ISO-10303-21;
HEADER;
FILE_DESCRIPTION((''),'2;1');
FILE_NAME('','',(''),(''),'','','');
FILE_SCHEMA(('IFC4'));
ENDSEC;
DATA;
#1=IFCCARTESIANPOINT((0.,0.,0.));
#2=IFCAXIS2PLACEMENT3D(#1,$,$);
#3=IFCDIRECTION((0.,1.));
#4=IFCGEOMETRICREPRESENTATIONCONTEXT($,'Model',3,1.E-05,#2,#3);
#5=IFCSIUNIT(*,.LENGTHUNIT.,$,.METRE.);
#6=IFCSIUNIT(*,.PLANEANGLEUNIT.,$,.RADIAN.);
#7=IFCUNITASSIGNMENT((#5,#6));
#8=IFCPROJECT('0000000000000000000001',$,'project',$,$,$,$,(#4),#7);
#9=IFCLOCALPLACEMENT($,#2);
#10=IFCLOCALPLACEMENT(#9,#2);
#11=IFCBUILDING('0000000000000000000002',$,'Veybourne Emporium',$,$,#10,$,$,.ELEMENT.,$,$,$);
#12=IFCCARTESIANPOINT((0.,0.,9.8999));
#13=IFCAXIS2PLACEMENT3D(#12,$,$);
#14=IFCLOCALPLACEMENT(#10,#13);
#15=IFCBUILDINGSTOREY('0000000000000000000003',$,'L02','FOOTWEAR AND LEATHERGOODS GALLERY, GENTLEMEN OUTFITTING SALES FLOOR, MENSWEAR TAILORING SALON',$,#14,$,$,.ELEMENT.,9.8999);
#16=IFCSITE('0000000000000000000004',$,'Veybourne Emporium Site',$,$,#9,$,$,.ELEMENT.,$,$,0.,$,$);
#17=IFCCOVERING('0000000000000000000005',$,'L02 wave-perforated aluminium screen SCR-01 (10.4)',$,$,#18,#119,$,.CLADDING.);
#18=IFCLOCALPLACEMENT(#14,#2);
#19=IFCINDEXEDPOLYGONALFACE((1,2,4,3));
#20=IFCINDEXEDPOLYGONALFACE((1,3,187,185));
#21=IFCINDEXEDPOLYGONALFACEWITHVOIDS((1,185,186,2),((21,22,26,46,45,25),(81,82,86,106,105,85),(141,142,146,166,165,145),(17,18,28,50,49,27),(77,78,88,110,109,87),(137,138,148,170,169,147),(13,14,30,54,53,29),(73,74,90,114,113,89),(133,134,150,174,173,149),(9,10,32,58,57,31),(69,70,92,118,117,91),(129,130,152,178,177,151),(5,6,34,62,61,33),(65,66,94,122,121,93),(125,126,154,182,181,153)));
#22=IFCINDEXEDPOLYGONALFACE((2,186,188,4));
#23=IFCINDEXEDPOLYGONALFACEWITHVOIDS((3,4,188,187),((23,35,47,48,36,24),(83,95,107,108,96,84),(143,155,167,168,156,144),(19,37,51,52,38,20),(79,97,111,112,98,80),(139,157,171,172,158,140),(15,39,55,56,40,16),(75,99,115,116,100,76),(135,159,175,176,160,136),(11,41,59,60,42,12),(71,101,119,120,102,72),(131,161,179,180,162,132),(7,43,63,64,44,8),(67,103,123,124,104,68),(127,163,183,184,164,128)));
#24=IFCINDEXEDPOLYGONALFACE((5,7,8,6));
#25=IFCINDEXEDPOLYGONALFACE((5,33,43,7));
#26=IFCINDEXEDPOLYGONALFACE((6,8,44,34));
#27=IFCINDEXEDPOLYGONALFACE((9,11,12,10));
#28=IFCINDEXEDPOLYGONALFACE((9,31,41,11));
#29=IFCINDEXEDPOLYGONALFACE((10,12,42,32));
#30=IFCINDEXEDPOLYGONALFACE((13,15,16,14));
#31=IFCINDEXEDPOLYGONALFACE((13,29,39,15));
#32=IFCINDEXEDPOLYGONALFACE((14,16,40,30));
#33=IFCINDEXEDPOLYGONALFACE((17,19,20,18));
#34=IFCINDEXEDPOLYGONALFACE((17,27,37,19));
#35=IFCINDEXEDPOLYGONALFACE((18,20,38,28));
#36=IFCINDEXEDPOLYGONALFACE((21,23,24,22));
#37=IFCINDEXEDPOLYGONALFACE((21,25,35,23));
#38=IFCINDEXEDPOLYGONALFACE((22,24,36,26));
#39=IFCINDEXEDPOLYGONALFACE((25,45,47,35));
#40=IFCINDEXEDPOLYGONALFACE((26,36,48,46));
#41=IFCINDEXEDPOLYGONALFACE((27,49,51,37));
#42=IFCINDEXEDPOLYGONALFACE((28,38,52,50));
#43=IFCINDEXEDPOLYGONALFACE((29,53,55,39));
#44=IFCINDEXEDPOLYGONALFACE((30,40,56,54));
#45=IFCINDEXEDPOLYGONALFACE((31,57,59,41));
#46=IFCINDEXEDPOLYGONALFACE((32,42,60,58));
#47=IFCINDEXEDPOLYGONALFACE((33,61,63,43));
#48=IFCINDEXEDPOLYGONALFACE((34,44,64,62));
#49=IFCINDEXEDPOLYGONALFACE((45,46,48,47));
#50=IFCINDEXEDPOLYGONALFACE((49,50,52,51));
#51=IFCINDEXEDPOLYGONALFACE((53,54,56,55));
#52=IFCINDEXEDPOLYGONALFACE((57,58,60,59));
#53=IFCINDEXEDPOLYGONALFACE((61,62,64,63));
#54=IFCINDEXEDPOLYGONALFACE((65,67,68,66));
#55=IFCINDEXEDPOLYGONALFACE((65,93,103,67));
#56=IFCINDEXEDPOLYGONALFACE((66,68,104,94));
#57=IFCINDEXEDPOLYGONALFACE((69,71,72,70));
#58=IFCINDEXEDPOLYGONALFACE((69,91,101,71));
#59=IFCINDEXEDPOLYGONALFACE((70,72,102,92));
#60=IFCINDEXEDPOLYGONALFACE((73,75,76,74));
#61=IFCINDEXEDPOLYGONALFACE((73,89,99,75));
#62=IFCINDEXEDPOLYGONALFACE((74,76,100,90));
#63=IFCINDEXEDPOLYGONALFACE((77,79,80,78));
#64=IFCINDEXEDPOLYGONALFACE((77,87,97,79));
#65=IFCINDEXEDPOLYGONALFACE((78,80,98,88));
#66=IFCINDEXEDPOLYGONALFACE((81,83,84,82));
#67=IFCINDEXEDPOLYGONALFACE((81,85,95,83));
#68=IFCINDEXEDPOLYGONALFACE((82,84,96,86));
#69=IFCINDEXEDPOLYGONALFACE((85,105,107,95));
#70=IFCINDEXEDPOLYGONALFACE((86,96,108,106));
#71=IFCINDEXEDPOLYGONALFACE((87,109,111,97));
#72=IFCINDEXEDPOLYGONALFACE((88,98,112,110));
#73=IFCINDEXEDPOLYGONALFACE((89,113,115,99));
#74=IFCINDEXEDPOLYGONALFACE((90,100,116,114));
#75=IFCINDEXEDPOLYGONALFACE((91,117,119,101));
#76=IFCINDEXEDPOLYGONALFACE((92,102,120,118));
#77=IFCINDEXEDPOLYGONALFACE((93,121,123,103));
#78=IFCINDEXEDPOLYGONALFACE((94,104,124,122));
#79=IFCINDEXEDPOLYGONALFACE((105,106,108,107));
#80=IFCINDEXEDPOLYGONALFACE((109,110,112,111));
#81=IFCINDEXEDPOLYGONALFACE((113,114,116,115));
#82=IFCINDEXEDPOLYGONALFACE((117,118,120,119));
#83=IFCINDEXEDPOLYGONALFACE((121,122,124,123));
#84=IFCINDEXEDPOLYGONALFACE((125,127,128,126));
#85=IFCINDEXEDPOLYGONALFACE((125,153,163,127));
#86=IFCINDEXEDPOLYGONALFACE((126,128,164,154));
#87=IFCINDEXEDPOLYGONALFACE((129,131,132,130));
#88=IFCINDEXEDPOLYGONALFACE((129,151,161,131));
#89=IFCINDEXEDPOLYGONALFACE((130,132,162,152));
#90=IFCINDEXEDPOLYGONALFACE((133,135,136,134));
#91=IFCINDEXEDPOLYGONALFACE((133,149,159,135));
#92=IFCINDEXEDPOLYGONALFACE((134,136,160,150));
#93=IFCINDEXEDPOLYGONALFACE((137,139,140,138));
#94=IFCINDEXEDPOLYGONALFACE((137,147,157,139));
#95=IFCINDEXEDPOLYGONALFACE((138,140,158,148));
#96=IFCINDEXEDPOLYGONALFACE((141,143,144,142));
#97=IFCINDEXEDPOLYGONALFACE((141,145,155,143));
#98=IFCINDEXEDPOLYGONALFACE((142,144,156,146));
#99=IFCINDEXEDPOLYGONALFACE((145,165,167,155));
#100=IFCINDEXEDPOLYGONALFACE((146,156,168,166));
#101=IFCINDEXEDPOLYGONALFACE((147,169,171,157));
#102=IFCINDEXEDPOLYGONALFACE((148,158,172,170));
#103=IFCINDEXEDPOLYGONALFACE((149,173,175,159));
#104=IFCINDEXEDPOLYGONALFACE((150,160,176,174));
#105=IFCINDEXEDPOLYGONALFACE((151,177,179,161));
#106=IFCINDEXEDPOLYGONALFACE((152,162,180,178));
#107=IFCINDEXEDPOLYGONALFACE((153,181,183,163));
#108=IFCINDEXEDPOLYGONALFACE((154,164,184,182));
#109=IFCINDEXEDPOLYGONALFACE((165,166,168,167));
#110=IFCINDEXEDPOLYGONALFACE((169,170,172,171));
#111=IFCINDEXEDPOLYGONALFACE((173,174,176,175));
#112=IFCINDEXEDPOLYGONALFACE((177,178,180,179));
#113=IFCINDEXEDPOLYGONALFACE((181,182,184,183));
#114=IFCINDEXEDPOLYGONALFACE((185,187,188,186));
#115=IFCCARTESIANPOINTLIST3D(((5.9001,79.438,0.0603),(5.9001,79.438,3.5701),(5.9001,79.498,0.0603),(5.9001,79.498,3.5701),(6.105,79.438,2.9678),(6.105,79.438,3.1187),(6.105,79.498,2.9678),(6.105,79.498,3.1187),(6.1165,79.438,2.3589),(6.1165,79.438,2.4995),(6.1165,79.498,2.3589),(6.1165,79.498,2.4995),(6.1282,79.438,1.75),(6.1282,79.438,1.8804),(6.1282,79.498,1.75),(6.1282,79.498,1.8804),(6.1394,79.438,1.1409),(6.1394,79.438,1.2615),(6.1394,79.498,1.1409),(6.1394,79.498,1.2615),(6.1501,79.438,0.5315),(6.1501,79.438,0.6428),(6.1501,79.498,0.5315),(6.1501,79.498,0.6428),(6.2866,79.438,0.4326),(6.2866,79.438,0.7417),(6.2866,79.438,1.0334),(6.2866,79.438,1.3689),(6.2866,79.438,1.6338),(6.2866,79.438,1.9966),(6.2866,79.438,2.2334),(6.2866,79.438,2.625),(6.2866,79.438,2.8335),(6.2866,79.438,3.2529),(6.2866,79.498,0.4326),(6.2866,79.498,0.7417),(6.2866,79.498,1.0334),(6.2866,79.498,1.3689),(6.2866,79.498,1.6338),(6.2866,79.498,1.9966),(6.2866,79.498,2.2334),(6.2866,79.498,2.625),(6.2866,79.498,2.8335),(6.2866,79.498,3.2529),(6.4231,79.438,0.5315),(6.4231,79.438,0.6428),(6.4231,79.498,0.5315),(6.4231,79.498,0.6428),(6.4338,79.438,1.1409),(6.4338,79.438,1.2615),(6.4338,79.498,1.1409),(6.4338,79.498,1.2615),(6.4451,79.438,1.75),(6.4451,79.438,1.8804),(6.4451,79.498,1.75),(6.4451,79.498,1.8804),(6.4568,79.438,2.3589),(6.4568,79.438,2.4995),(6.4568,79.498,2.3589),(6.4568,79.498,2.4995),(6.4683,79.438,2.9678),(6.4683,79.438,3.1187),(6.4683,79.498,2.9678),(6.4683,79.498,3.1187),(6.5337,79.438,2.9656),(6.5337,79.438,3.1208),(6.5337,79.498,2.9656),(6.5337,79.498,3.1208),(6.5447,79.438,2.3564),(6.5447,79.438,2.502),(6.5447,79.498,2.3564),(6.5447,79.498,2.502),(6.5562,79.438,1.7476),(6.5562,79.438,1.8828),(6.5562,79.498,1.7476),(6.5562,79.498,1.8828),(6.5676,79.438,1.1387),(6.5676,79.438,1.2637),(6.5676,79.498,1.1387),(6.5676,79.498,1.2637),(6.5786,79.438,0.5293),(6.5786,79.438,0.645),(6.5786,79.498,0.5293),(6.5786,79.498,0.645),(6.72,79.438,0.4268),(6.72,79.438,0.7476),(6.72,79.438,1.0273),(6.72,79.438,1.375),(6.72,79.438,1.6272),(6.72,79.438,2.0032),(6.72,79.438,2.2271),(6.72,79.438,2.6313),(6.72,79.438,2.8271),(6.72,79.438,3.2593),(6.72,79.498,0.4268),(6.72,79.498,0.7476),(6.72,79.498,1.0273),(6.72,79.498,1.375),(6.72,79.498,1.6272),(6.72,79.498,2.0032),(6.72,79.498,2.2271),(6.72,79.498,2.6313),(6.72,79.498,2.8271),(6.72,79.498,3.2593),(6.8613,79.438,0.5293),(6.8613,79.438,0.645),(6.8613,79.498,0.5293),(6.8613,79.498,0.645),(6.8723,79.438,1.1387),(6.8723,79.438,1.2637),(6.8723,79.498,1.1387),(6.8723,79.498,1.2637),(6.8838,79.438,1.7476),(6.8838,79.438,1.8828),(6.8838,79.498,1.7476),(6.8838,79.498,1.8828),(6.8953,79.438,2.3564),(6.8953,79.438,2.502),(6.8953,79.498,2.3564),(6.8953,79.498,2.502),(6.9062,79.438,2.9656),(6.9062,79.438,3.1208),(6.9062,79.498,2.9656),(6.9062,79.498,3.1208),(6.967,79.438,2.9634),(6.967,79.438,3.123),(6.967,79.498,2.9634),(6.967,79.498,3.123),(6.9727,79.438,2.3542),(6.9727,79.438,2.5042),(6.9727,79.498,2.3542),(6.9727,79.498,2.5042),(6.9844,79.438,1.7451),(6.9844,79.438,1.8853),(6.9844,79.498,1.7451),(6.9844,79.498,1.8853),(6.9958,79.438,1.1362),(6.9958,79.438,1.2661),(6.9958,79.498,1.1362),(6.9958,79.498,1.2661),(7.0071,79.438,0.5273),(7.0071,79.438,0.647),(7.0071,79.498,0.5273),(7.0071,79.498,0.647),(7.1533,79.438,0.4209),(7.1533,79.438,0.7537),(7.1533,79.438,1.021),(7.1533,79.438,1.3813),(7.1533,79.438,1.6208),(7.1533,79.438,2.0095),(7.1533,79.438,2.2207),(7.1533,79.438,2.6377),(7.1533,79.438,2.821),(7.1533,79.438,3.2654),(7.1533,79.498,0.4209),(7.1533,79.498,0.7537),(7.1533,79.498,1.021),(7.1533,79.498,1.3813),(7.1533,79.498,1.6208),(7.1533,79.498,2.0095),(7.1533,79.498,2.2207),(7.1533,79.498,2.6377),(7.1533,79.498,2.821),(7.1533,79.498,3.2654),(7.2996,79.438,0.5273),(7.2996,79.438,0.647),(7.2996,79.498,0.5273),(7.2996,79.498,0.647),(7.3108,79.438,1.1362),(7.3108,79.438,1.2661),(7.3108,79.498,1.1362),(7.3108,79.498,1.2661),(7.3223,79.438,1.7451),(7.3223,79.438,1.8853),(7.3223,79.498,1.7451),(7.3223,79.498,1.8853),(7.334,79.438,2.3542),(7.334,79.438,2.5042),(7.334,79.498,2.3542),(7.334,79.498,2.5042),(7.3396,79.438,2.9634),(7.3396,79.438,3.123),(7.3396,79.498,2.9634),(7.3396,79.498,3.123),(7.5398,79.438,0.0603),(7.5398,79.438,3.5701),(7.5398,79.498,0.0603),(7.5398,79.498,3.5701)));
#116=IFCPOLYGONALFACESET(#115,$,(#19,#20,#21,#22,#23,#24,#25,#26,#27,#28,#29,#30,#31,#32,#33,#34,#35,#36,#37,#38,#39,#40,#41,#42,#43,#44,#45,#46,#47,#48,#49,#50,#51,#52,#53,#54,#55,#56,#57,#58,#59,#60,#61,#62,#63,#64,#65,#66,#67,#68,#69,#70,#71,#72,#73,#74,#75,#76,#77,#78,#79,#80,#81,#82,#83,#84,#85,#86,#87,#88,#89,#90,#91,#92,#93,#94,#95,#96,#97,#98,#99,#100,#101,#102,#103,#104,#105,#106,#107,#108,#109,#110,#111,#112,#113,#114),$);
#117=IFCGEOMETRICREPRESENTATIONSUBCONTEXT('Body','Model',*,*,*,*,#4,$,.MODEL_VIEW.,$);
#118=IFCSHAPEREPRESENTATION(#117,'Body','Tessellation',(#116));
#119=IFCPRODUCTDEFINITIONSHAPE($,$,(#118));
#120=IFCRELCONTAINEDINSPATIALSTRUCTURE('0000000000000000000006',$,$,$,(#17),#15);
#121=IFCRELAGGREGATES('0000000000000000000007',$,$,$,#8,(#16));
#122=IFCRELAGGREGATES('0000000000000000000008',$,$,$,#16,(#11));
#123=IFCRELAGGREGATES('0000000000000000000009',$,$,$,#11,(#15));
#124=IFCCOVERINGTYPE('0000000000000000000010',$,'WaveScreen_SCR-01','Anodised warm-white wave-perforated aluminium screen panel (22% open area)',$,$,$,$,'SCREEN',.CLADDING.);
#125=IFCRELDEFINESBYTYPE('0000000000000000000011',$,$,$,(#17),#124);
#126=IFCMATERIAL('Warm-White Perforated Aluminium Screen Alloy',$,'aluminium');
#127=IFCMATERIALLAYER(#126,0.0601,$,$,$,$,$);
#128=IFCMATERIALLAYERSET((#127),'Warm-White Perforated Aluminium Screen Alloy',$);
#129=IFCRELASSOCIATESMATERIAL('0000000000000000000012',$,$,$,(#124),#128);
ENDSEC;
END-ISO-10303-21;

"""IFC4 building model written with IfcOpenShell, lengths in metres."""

from ifc_helpers import new_model, si_unit, direction, frame, origin, place, context, subcontext, project, spatial, polyline, outline, extrude, material, layer, layer_set, type_object, element, save


model = new_model("IFC4")

# Units and contexts
model_context = context("Model", 3, precision=1e-05, world=origin(), true_north=direction((0.0, 1.0)))
body_context = subcontext(model_context, "Body", "Model", "MODEL_VIEW")
ifc_project = project(units=[si_unit("LENGTHUNIT", "METRE"), si_unit("PLANEANGLEUNIT", "RADIAN")], contexts=[model_context])

# Site, building, storey
site_placement = place(None, origin())
site = spatial("IfcSite", under=ifc_project, at=site_placement, Name="Veybourne Emporium Site", CompositionType="ELEMENT", RefElevation=0.0)
building_placement = place(site_placement, origin())
building = spatial("IfcBuilding", under=site, at=building_placement, Name="Veybourne Emporium", CompositionType="ELEMENT")
storey_placement = place(building_placement, frame((0.0, 0.0, 9.8999)))
storey = spatial("IfcBuildingStorey", under=building, at=storey_placement, Name="L02", Description="FOOTWEAR AND LEATHERGOODS GALLERY, GENTLEMEN OUTFITTING SALES FLOOR, MENSWEAR TAILORING SALON", CompositionType="ELEMENT", Elevation=9.8999)

# Covering
ifc_material_1 = material(Name="Warm-White Perforated Aluminium Screen Alloy", Category="aluminium")
ifc_layer_1 = layer(ifc_material_1, 0.0601)
ifc_layer_set_1 = layer_set([ifc_layer_1], Name="Warm-White Perforated Aluminium Screen Alloy")
covering_type_1 = type_object("IfcCoveringType", Name="WaveScreen_SCR-01", Description="Anodised warm-white wave-perforated aluminium screen panel (22% open area)", ElementType="SCREEN", PredefinedType="CLADDING", material=ifc_layer_set_1)
covering_1_placement = place(storey_placement, frame((6.72, 79.498, 1.8152), z_axis=(0.0, -1.0, 0.0), x_axis=(1.0, 0.0, 0.0)))
element("IfcCovering", 1, at=covering_1_placement, inside=storey, type_object=covering_type_1, Name="L02 wave-perforated aluminium screen SCR-01 (10.4)", PredefinedType="CLADDING", context=body_context, shape_type="SweptSolid", body=[
    extrude(outline(polyline([(-0.8198, -1.7549), (0.8198, -1.7549), (0.8198, 1.7549), (-0.8198, 1.7549), (-0.8198, -1.7549)]), holes=[polyline([(-0.4333, -1.0735), (-0.2969, -1.1724), (-0.2969, -1.2837), (-0.4333, -1.3826), (-0.5698, -1.2837), (-0.5698, -1.1724), (-0.4333, -1.0735)]), polyline([(-0.4333, -0.4463), (-0.2861, -0.5537), (-0.2861, -0.6743), (-0.4333, -0.7817), (-0.5806, -0.6743), (-0.5806, -0.5537), (-0.4333, -0.4463)]), polyline([(-0.4333, 0.1814), (-0.2749, 0.0652), (-0.2749, -0.0652), (-0.4333, -0.1814), (-0.5918, -0.0652), (-0.5918, 0.0652), (-0.4333, 0.1814)]), polyline([(-0.4333, 0.8098), (-0.2632, 0.6843), (-0.2632, 0.5437), (-0.4333, 0.4182), (-0.6035, 0.5437), (-0.6035, 0.6843), (-0.4333, 0.8098)]), polyline([(-0.4333, 1.4377), (-0.2517, 1.3035), (-0.2517, 1.1526), (-0.4333, 1.0183), (-0.615, 1.1526), (-0.615, 1.3035), (-0.4333, 1.4377)]), polyline([(0.0, -1.0676), (0.1414, -1.1702), (0.1414, -1.2859), (0.0, -1.3884), (-0.1414, -1.2859), (-0.1414, -1.1702), (0.0, -1.0676)]), polyline([(0.0, -0.4402), (0.1523, -0.5515), (0.1523, -0.6765), (0.0, -0.7878), (-0.1523, -0.6765), (-0.1523, -0.5515), (0.0, -0.4402)]), polyline([(0.0, 0.188), (0.1638, 0.0676), (0.1638, -0.0676), (0.0, -0.188), (-0.1638, -0.0676), (-0.1638, 0.0676), (0.0, 0.188)]), polyline([(0.0, 0.8162), (0.1753, 0.6868), (0.1753, 0.5413), (0.0, 0.4119), (-0.1753, 0.5413), (-0.1753, 0.6868), (0.0, 0.8162)]), polyline([(0.0, 1.4441), (0.1863, 1.3057), (0.1863, 1.1504), (0.0, 1.012), (-0.1863, 1.1504), (-0.1863, 1.3057), (0.0, 1.4441)]), polyline([(0.4333, -1.0615), (0.5796, -1.1682), (0.5796, -1.2878), (0.4333, -1.3943), (0.2871, -1.2878), (0.2871, -1.1682), (0.4333, -1.0615)]), polyline([(0.4333, -0.4338), (0.5908, -0.5491), (0.5908, -0.679), (0.4333, -0.7942), (0.2759, -0.679), (0.2759, -0.5491), (0.4333, -0.4338)]), polyline([(0.4333, 0.1943), (0.6023, 0.0701), (0.6023, -0.0701), (0.4333, -0.1943), (0.2644, -0.0701), (0.2644, 0.0701), (0.4333, 0.1943)]), polyline([(0.4333, 0.8225), (0.614, 0.689), (0.614, 0.5391), (0.4333, 0.4055), (0.2527, 0.5391), (0.2527, 0.689), (0.4333, 0.8225)]), polyline([(0.4333, 1.4502), (0.6196, 1.3079), (0.6196, 1.1482), (0.4333, 1.0059), (0.2471, 1.1482), (0.2471, 1.3079), (0.4333, 1.4502)])]), origin(), (0.0, 0.0, 1.0), 0.0601),
])

save(model, "model.ifc")
